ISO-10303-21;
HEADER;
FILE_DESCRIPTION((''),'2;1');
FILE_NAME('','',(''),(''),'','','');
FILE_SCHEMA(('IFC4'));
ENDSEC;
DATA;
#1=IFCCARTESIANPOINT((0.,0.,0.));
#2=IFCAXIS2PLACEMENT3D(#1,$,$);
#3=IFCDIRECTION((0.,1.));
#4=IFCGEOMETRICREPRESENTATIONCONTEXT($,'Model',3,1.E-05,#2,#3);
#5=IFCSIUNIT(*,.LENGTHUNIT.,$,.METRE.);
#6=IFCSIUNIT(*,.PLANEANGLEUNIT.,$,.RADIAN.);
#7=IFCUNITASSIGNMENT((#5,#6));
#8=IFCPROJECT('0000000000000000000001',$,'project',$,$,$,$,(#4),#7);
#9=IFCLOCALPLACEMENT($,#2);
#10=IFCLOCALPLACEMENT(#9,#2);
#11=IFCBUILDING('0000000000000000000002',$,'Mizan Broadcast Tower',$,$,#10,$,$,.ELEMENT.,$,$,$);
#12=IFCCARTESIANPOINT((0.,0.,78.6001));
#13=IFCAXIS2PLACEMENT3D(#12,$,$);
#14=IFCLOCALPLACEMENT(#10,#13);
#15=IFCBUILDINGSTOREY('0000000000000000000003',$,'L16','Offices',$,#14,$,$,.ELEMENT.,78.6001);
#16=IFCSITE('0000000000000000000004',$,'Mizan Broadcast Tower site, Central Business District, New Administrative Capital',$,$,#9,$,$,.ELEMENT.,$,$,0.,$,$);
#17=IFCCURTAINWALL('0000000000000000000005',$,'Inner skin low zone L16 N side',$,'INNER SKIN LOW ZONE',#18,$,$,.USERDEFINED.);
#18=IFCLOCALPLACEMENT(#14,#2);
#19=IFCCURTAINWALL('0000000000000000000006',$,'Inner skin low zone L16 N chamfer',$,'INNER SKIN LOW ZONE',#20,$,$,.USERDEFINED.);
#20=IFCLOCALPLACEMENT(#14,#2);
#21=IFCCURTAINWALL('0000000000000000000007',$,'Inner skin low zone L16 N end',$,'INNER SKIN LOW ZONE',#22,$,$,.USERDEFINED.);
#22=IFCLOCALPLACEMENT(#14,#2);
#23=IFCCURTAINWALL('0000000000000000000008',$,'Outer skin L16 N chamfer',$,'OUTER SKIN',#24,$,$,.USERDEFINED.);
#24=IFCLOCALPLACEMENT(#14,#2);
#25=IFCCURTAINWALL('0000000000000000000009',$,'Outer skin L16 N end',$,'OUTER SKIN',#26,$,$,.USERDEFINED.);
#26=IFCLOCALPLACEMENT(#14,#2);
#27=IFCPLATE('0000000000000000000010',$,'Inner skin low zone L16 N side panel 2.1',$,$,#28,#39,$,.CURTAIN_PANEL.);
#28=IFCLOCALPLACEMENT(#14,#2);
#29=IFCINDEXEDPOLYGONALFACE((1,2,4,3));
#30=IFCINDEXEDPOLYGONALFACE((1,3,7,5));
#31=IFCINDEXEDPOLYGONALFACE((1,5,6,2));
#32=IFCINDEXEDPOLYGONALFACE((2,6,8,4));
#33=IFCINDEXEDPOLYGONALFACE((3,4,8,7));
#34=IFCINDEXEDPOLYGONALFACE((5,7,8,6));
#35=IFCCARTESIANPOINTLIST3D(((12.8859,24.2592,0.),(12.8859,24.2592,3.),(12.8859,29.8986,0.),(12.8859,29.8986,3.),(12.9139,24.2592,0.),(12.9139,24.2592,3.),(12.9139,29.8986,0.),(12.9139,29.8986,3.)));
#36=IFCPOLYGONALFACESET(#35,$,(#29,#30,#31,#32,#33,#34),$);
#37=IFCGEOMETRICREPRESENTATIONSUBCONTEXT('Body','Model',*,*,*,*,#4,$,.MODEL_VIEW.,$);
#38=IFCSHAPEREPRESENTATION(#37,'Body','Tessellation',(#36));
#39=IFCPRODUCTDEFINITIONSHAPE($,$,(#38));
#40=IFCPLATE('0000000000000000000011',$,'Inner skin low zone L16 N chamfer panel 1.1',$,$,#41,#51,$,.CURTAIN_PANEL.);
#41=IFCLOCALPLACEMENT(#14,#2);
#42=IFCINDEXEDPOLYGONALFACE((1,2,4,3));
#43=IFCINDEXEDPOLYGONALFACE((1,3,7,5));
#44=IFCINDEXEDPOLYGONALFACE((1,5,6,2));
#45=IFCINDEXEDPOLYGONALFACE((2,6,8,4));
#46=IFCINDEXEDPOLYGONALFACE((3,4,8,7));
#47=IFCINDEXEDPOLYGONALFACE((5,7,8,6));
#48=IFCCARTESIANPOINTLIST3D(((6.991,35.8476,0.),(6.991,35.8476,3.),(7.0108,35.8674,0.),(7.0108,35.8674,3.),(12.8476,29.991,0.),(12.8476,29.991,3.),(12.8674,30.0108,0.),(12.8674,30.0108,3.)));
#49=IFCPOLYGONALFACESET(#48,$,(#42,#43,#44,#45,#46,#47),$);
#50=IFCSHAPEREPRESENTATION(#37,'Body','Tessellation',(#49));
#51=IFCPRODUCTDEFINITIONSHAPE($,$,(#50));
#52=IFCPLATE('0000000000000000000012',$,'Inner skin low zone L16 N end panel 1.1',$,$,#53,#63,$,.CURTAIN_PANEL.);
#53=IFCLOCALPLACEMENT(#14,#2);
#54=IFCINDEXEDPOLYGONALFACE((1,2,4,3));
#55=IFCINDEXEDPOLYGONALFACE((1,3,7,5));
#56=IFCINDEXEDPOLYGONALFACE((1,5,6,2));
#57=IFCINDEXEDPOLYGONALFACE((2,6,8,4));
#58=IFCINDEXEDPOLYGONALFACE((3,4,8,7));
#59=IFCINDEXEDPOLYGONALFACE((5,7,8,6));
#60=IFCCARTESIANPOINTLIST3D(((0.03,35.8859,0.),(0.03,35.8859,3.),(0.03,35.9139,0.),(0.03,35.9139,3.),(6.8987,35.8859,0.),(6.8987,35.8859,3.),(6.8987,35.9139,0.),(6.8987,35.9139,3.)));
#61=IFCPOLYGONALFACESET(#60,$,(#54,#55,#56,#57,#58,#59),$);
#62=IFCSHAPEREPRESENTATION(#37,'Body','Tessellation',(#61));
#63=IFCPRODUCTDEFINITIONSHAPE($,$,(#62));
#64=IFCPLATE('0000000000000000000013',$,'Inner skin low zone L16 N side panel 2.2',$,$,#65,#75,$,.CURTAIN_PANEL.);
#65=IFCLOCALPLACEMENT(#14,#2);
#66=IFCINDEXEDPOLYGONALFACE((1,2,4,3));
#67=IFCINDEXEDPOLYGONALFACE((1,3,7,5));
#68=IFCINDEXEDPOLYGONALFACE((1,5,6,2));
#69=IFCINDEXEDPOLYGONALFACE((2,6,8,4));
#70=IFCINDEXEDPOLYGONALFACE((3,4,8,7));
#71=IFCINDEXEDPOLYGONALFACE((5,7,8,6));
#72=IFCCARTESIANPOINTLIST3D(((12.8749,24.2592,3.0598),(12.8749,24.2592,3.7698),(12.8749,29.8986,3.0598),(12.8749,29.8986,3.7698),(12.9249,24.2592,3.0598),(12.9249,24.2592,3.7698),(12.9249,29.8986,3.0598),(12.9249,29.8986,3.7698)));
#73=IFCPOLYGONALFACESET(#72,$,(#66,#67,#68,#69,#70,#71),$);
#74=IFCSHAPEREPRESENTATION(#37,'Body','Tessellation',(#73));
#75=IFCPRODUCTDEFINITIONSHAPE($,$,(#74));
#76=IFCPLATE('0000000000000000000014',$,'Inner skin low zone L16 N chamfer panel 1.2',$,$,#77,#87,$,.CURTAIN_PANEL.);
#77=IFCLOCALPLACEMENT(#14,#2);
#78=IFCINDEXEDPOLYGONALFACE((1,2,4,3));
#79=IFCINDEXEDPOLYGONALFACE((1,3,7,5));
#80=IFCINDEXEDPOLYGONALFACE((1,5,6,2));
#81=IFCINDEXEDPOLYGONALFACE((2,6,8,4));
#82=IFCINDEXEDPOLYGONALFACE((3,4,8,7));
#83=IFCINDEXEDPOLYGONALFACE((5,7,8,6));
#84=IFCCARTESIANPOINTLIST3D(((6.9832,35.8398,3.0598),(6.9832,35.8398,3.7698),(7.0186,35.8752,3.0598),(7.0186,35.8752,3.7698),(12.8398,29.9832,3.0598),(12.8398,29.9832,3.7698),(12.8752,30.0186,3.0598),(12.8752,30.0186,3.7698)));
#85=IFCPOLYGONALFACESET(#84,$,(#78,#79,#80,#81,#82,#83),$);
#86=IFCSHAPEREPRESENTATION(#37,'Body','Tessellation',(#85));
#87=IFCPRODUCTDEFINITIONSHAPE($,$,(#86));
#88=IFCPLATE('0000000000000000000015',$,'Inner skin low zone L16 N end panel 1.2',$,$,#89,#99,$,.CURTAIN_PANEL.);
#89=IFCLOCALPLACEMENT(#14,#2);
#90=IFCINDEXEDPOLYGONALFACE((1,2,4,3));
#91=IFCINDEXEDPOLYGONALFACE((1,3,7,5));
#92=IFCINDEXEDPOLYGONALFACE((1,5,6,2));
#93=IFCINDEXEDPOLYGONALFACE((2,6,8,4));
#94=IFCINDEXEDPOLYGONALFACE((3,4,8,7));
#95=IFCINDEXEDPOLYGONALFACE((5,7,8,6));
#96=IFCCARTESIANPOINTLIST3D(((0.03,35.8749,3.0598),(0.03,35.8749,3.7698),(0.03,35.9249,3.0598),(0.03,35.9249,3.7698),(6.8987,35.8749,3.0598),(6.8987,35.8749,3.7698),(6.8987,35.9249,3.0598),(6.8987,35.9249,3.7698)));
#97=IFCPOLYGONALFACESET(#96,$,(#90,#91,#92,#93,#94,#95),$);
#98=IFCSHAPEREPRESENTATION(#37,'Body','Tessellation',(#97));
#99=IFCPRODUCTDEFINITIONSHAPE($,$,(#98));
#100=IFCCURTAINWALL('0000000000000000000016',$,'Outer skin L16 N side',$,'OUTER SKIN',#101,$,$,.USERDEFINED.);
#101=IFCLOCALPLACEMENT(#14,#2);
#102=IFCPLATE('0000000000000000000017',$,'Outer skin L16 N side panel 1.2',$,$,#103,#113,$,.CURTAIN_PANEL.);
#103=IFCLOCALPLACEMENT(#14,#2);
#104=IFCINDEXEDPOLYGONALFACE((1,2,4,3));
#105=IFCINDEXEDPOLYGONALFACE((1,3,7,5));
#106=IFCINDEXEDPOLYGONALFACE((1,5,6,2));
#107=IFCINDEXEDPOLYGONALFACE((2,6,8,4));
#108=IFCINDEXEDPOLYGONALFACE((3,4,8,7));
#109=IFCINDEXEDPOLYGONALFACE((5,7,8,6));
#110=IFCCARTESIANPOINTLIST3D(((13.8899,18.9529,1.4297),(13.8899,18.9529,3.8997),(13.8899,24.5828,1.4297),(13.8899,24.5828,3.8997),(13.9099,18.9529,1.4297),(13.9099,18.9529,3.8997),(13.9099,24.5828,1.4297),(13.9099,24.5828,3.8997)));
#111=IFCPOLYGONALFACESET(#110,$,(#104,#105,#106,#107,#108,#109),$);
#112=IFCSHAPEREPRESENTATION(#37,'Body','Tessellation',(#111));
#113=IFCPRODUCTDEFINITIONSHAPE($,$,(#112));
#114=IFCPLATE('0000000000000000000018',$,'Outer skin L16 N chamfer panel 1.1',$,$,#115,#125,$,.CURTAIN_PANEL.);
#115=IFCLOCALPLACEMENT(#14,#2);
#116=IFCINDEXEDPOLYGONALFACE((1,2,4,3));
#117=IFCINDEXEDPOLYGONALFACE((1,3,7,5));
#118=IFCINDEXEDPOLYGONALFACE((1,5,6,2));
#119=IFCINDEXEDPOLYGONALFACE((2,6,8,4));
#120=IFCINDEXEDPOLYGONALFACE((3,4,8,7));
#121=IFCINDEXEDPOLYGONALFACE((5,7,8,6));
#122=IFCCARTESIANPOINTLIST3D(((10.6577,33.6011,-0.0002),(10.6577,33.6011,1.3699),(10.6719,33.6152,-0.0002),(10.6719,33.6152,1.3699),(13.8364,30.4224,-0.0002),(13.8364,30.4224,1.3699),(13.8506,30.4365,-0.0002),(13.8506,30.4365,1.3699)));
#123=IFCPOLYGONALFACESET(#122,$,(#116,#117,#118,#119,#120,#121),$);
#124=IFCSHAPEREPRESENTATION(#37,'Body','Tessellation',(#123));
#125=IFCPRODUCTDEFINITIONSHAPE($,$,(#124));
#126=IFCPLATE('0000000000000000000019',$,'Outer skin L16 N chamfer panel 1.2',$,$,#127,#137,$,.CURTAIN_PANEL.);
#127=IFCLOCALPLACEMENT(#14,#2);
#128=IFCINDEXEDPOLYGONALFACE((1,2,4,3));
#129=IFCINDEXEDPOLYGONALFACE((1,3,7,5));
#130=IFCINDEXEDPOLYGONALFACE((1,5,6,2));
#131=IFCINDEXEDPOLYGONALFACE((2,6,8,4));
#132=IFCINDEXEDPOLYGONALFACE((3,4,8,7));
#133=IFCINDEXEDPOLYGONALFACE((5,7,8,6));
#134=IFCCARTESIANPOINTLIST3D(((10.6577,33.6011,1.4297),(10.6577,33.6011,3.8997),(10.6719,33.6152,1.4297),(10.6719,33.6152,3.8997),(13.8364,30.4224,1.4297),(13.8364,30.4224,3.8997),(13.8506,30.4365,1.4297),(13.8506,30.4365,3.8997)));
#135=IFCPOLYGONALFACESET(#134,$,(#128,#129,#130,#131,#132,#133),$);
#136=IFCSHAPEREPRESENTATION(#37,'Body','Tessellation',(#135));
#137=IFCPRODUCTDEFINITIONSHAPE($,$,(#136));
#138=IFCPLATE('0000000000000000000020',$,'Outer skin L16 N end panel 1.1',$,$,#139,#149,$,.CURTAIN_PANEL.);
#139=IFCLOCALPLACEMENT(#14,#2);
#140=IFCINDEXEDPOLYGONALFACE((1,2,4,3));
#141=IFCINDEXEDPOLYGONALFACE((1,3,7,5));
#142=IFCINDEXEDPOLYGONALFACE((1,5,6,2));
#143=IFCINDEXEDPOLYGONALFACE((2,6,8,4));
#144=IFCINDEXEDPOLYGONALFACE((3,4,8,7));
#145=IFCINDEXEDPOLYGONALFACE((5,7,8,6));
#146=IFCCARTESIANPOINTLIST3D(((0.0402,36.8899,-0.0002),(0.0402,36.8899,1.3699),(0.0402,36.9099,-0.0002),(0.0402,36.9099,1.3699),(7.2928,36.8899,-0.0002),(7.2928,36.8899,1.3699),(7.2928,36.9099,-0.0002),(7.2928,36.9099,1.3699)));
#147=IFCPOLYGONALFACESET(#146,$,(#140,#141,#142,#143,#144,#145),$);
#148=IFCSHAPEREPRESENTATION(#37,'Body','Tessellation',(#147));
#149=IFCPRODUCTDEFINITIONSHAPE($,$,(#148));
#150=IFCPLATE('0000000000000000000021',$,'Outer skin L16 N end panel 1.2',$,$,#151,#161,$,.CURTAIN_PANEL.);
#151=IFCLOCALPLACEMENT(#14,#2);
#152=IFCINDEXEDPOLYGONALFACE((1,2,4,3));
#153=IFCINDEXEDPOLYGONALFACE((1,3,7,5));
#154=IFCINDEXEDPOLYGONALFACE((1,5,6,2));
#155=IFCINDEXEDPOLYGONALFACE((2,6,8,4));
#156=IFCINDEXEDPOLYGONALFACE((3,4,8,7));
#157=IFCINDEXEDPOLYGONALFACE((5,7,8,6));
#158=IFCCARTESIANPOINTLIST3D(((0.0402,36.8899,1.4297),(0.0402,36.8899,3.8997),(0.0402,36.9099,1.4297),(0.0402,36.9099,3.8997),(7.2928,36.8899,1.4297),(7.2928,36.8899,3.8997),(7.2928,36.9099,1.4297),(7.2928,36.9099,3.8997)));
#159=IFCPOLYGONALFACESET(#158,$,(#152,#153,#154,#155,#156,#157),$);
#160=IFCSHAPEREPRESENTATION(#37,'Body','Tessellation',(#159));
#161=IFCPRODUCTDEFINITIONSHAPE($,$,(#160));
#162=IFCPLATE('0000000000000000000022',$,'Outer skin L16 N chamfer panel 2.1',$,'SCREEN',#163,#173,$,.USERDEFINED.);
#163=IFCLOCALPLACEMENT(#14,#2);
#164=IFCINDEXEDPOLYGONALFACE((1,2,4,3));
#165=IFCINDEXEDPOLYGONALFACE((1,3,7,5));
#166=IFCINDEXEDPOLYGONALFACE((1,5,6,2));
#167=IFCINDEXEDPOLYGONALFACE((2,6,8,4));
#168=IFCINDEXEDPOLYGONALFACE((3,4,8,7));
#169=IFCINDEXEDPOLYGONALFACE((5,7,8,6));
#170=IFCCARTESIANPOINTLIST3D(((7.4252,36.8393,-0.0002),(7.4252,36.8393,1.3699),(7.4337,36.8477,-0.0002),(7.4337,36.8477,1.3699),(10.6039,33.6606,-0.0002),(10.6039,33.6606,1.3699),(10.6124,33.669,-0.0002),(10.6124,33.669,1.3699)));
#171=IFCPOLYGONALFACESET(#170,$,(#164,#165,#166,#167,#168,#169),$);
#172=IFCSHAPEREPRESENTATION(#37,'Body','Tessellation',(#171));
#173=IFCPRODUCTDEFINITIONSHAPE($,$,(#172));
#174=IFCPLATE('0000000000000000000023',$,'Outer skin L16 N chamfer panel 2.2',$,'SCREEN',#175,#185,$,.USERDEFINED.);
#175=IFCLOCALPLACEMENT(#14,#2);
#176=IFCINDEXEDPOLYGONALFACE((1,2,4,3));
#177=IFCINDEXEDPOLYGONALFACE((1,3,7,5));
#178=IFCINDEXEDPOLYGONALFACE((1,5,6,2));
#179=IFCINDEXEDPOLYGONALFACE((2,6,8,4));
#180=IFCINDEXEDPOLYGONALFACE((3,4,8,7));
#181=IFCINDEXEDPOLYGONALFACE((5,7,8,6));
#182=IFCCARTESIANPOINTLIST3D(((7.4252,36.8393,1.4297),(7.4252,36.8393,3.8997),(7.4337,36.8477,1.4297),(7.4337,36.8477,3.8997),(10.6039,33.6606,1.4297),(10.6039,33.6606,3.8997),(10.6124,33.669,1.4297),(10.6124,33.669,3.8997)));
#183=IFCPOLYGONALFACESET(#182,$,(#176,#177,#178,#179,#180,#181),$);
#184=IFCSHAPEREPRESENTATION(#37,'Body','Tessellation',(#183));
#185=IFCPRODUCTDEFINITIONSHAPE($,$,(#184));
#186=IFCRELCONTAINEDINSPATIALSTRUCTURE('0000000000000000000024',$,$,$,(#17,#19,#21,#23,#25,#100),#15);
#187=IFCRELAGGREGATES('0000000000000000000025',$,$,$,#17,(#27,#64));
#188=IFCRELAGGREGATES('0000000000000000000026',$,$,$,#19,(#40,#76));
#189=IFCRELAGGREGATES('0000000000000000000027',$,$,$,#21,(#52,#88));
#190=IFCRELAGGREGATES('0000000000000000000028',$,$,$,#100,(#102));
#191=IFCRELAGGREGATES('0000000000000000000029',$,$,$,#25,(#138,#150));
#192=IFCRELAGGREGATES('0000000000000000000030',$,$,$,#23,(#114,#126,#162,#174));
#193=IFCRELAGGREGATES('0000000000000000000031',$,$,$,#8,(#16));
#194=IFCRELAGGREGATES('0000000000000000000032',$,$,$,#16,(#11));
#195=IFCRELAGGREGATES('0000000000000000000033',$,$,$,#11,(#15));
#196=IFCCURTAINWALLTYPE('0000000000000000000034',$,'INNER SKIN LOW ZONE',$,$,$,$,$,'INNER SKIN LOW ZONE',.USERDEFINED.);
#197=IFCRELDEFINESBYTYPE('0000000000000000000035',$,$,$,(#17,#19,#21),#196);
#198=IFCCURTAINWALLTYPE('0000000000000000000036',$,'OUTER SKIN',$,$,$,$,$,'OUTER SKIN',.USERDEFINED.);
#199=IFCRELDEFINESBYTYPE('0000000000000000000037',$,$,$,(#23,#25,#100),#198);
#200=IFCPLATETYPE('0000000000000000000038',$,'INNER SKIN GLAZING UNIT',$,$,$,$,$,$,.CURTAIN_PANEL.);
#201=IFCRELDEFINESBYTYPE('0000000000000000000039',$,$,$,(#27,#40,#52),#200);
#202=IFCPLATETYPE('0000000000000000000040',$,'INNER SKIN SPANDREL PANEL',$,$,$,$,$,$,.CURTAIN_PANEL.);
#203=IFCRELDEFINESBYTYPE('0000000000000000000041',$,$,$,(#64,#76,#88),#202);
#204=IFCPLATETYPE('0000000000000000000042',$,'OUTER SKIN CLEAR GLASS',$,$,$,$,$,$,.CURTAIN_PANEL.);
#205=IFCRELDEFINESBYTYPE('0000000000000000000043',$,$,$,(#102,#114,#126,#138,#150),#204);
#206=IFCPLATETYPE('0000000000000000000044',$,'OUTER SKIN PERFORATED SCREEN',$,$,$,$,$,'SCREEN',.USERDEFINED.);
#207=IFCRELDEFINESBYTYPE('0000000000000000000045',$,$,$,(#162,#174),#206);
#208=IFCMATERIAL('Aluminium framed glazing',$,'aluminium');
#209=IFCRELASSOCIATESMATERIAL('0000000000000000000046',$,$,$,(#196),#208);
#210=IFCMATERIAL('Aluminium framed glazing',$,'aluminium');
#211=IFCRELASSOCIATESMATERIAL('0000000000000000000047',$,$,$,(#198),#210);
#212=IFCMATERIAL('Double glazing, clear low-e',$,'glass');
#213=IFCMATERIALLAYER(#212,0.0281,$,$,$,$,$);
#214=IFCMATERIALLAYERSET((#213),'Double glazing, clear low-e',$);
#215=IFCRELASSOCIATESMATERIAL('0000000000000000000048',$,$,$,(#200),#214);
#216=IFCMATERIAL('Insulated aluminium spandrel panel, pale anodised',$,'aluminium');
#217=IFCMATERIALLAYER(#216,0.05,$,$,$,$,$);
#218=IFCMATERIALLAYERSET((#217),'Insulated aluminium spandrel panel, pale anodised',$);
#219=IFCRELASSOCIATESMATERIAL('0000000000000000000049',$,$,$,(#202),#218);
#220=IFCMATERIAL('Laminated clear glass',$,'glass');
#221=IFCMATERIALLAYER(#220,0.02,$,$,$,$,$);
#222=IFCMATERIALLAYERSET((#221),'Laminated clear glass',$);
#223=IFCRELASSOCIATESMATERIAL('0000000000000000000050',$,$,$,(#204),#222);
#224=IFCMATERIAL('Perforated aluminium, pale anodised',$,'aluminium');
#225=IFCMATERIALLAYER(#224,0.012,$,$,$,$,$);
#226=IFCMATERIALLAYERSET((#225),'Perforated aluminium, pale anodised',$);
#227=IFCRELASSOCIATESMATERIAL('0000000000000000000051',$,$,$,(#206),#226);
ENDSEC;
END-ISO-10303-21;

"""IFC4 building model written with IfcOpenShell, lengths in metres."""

from ifc_helpers import new_model, si_unit, direction, frame, origin, origin_2d, place, context, subcontext, project, spatial, rectangle, extrude, material, layer, layer_set, type_object, element, aggregate, save


model = new_model("IFC4")

# Units and contexts
model_context = context("Model", 3, precision=1e-05, world=origin(), true_north=direction((0.0, 1.0)))
body_context = subcontext(model_context, "Body", "Model", "MODEL_VIEW")
ifc_project = project(units=[si_unit("LENGTHUNIT", "METRE"), si_unit("PLANEANGLEUNIT", "RADIAN")], contexts=[model_context])

# Site, building, storey
site_placement = place(None, origin())
site = spatial("IfcSite", under=ifc_project, at=site_placement, Name="Mizan Broadcast Tower site, Central Business District, New Administrative Capital", CompositionType="ELEMENT", RefElevation=0.0)
building_placement = place(site_placement, origin())
building = spatial("IfcBuilding", under=site, at=building_placement, Name="Mizan Broadcast Tower", CompositionType="ELEMENT")
storey_placement = place(building_placement, frame((0.0, 0.0, 78.6001)))
storey = spatial("IfcBuildingStorey", under=building, at=storey_placement, Name="L16", Description="Offices", CompositionType="ELEMENT", Elevation=78.6001)

# Curtain wall
ifc_material_1 = material(Name="Aluminium framed glazing", Category="aluminium")
curtain_wall_type_1 = type_object("IfcCurtainWallType", Name="INNER SKIN LOW ZONE", ElementType="INNER SKIN LOW ZONE", PredefinedType="USERDEFINED", material=ifc_material_1)
curtain_wall_1_placement = place(storey_placement, origin())
curtain_wall_1 = element("IfcCurtainWall", 1, at=curtain_wall_1_placement, inside=storey, type_object=curtain_wall_type_1, Name="Inner skin low zone L16 N side", ObjectType="INNER SKIN LOW ZONE", PredefinedType="USERDEFINED")

# Curtain walls
curtain_wall_2_placement = place(storey_placement, origin())
curtain_wall_2 = element("IfcCurtainWall", 2, at=curtain_wall_2_placement, inside=storey, type_object=curtain_wall_type_1, Name="Inner skin low zone L16 N chamfer", ObjectType="INNER SKIN LOW ZONE", PredefinedType="USERDEFINED")
curtain_wall_3_placement = place(storey_placement, origin())
curtain_wall_3 = element("IfcCurtainWall", 3, at=curtain_wall_3_placement, inside=storey, type_object=curtain_wall_type_1, Name="Inner skin low zone L16 N end", ObjectType="INNER SKIN LOW ZONE", PredefinedType="USERDEFINED")

# Curtain wall
ifc_material_2 = material(Name="Aluminium framed glazing", Category="aluminium")
curtain_wall_type_2 = type_object("IfcCurtainWallType", Name="OUTER SKIN", ElementType="OUTER SKIN", PredefinedType="USERDEFINED", material=ifc_material_2)
curtain_wall_4_placement = place(storey_placement, origin())
curtain_wall_4 = element("IfcCurtainWall", 4, at=curtain_wall_4_placement, inside=storey, type_object=curtain_wall_type_2, Name="Outer skin L16 N chamfer", ObjectType="OUTER SKIN", PredefinedType="USERDEFINED")

# Curtain wall
curtain_wall_5_placement = place(storey_placement, origin())
curtain_wall_5 = element("IfcCurtainWall", 5, at=curtain_wall_5_placement, inside=storey, type_object=curtain_wall_type_2, Name="Outer skin L16 N end", ObjectType="OUTER SKIN", PredefinedType="USERDEFINED")

# Plates
ifc_material_3 = material(Name="Double glazing, clear low-e", Category="glass")
ifc_layer_1 = layer(ifc_material_3, 0.0281)
ifc_layer_set_1 = layer_set([ifc_layer_1], Name="Double glazing, clear low-e")
plate_type_1 = type_object("IfcPlateType", Name="INNER SKIN GLAZING UNIT", PredefinedType="CURTAIN_PANEL", material=ifc_layer_set_1)
plate_1_placement = place(storey_placement, frame((12.8999, 27.0789, 0.0), z_axis=(0.0, 0.0, 1.0), x_axis=(0.0, 1.0, 0.0)))
plate_1 = element("IfcPlate", 6, at=plate_1_placement, type_object=plate_type_1, Name="Inner skin low zone L16 N side panel 2.1", PredefinedType="CURTAIN_PANEL", context=body_context, shape_type="SweptSolid", body=[
    extrude(rectangle(XDim=5.6394, YDim=0.0281, at=origin_2d()), origin(), (0.0, 0.0, 1.0), 3.0),
])
plate_2_placement = place(storey_placement, frame((9.9292, 32.9292, 0.0), z_axis=(0.0, 0.0, 1.0), x_axis=(-0.707107, 0.707107, 0.0)))
plate_2 = element("IfcPlate", 7, at=plate_2_placement, type_object=plate_type_1, Name="Inner skin low zone L16 N chamfer panel 1.1", PredefinedType="CURTAIN_PANEL", context=body_context, shape_type="SweptSolid", body=[
    extrude(rectangle(XDim=8.2825, YDim=0.0281, at=origin_2d()), origin(), (0.0, 0.0, 1.0), 3.0),
])
plate_3_placement = place(storey_placement, frame((3.4644, 35.8999, 0.0), z_axis=(0.0, 0.0, 1.0), x_axis=(-1.0, 0.0, 0.0)))
plate_3 = element("IfcPlate", 8, at=plate_3_placement, type_object=plate_type_1, Name="Inner skin low zone L16 N end panel 1.1", PredefinedType="CURTAIN_PANEL", context=body_context, shape_type="SweptSolid", body=[
    extrude(rectangle(XDim=6.8687, YDim=0.0281, at=origin_2d()), origin(), (0.0, 0.0, 1.0), 3.0),
])
ifc_material_4 = material(Name="Insulated aluminium spandrel panel, pale anodised", Category="aluminium")
ifc_layer_2 = layer(ifc_material_4, 0.05)
ifc_layer_set_2 = layer_set([ifc_layer_2], Name="Insulated aluminium spandrel panel, pale anodised")
plate_type_2 = type_object("IfcPlateType", Name="INNER SKIN SPANDREL PANEL", PredefinedType="CURTAIN_PANEL", material=ifc_layer_set_2)
plate_4_placement = place(storey_placement, frame((12.8999, 27.0789, 3.0598), z_axis=(0.0, 0.0, 1.0), x_axis=(0.0, 1.0, 0.0)))
plate_4 = element("IfcPlate", 9, at=plate_4_placement, type_object=plate_type_2, Name="Inner skin low zone L16 N side panel 2.2", PredefinedType="CURTAIN_PANEL", context=body_context, shape_type="SweptSolid", body=[
    extrude(rectangle(XDim=5.6394, YDim=0.05, at=origin_2d()), origin(), (0.0, 0.0, 1.0), 0.71),
])
aggregate(curtain_wall_1, [plate_1, plate_4])
plate_5_placement = place(storey_placement, frame((9.9292, 32.9292, 3.0598), z_axis=(0.0, 0.0, 1.0), x_axis=(-0.707107, 0.707107, 0.0)))
plate_5 = element("IfcPlate", 10, at=plate_5_placement, type_object=plate_type_2, Name="Inner skin low zone L16 N chamfer panel 1.2", PredefinedType="CURTAIN_PANEL", context=body_context, shape_type="SweptSolid", body=[
    extrude(rectangle(XDim=8.2825, YDim=0.05, at=origin_2d()), origin(), (0.0, 0.0, 1.0), 0.71),
])
aggregate(curtain_wall_2, [plate_2, plate_5])
plate_6_placement = place(storey_placement, frame((3.4644, 35.8999, 3.0598), z_axis=(0.0, 0.0, 1.0), x_axis=(-1.0, 0.0, 0.0)))
plate_6 = element("IfcPlate", 11, at=plate_6_placement, type_object=plate_type_2, Name="Inner skin low zone L16 N end panel 1.2", PredefinedType="CURTAIN_PANEL", context=body_context, shape_type="SweptSolid", body=[
    extrude(rectangle(XDim=6.8687, YDim=0.05, at=origin_2d()), origin(), (0.0, 0.0, 1.0), 0.71),
])
aggregate(curtain_wall_3, [plate_3, plate_6])

# Curtain wall, plate
curtain_wall_6_placement = place(storey_placement, origin())
curtain_wall_6 = element("IfcCurtainWall", 12, at=curtain_wall_6_placement, inside=storey, type_object=curtain_wall_type_2, Name="Outer skin L16 N side", ObjectType="OUTER SKIN", PredefinedType="USERDEFINED")
ifc_material_5 = material(Name="Laminated clear glass", Category="glass")
ifc_layer_3 = layer(ifc_material_5, 0.02)
ifc_layer_set_3 = layer_set([ifc_layer_3], Name="Laminated clear glass")
plate_type_3 = type_object("IfcPlateType", Name="OUTER SKIN CLEAR GLASS", PredefinedType="CURTAIN_PANEL", material=ifc_layer_set_3)
plate_7_placement = place(storey_placement, frame((13.8999, 21.7678, 1.4297), z_axis=(0.0, 0.0, 1.0), x_axis=(0.0, 1.0, 0.0)))
plate_7 = element("IfcPlate", 13, at=plate_7_placement, type_object=plate_type_3, Name="Outer skin L16 N side panel 1.2", PredefinedType="CURTAIN_PANEL", context=body_context, shape_type="SweptSolid", body=[
    extrude(rectangle(XDim=5.6299, YDim=0.02, at=origin_2d()), origin(), (0.0, 0.0, 1.0), 2.47),
])
aggregate(curtain_wall_6, [plate_7])

# Plates
plate_8_placement = place(storey_placement, frame((12.2542, 32.0188, -0.0002), z_axis=(0.0, 0.0, 1.0), x_axis=(-0.707107, 0.707107, 0.0)))
plate_8 = element("IfcPlate", 14, at=plate_8_placement, type_object=plate_type_3, Name="Outer skin L16 N chamfer panel 1.1", PredefinedType="CURTAIN_PANEL", context=body_context, shape_type="SweptSolid", body=[
    extrude(rectangle(XDim=4.4954, YDim=0.02, at=origin_2d()), origin(), (0.0, 0.0, 1.0), 1.3701),
])
plate_9_placement = place(storey_placement, frame((12.2542, 32.0188, 1.4297), z_axis=(0.0, 0.0, 1.0), x_axis=(-0.707107, 0.707107, 0.0)))
plate_9 = element("IfcPlate", 15, at=plate_9_placement, type_object=plate_type_3, Name="Outer skin L16 N chamfer panel 1.2", PredefinedType="CURTAIN_PANEL", context=body_context, shape_type="SweptSolid", body=[
    extrude(rectangle(XDim=4.4954, YDim=0.02, at=origin_2d()), origin(), (0.0, 0.0, 1.0), 2.47),
])
plate_10_placement = place(storey_placement, frame((3.6665, 36.8999, -0.0002), z_axis=(0.0, 0.0, 1.0), x_axis=(-1.0, 0.0, 0.0)))
plate_10 = element("IfcPlate", 16, at=plate_10_placement, type_object=plate_type_3, Name="Outer skin L16 N end panel 1.1", PredefinedType="CURTAIN_PANEL", context=body_context, shape_type="SweptSolid", body=[
    extrude(rectangle(XDim=7.2527, YDim=0.02, at=origin_2d()), origin(), (0.0, 0.0, 1.0), 1.3701),
])
plate_11_placement = place(storey_placement, frame((3.6665, 36.8999, 1.4297), z_axis=(0.0, 0.0, 1.0), x_axis=(-1.0, 0.0, 0.0)))
plate_11 = element("IfcPlate", 17, at=plate_11_placement, type_object=plate_type_3, Name="Outer skin L16 N end panel 1.2", PredefinedType="CURTAIN_PANEL", context=body_context, shape_type="SweptSolid", body=[
    extrude(rectangle(XDim=7.2527, YDim=0.02, at=origin_2d()), origin(), (0.0, 0.0, 1.0), 2.47),
])
aggregate(curtain_wall_5, [plate_10, plate_11])
ifc_material_6 = material(Name="Perforated aluminium, pale anodised", Category="aluminium")
ifc_layer_4 = layer(ifc_material_6, 0.012)
ifc_layer_set_4 = layer_set([ifc_layer_4], Name="Perforated aluminium, pale anodised")
plate_type_4 = type_object("IfcPlateType", Name="OUTER SKIN PERFORATED SCREEN", ElementType="SCREEN", PredefinedType="USERDEFINED", material=ifc_layer_set_4)
plate_12_placement = place(storey_placement, frame((9.0188, 35.2542, -0.0002), z_axis=(0.0, 0.0, 1.0), x_axis=(-0.707107, 0.707107, 0.0)))
plate_12 = element("IfcPlate", 18, at=plate_12_placement, type_object=plate_type_4, Name="Outer skin L16 N chamfer panel 2.1", ObjectType="SCREEN", PredefinedType="USERDEFINED", context=body_context, shape_type="SweptSolid", body=[
    extrude(rectangle(XDim=4.4954, YDim=0.012, at=origin_2d()), origin(), (0.0, 0.0, 1.0), 1.3701),
])
plate_13_placement = place(storey_placement, frame((9.0188, 35.2542, 1.4297), z_axis=(0.0, 0.0, 1.0), x_axis=(-0.707107, 0.707107, 0.0)))
plate_13 = element("IfcPlate", 19, at=plate_13_placement, type_object=plate_type_4, Name="Outer skin L16 N chamfer panel 2.2", ObjectType="SCREEN", PredefinedType="USERDEFINED", context=body_context, shape_type="SweptSolid", body=[
    extrude(rectangle(XDim=4.4954, YDim=0.012, at=origin_2d()), origin(), (0.0, 0.0, 1.0), 2.47),
])
aggregate(curtain_wall_4, [plate_8, plate_9, plate_12, plate_13])

save(model, "model.ifc")
